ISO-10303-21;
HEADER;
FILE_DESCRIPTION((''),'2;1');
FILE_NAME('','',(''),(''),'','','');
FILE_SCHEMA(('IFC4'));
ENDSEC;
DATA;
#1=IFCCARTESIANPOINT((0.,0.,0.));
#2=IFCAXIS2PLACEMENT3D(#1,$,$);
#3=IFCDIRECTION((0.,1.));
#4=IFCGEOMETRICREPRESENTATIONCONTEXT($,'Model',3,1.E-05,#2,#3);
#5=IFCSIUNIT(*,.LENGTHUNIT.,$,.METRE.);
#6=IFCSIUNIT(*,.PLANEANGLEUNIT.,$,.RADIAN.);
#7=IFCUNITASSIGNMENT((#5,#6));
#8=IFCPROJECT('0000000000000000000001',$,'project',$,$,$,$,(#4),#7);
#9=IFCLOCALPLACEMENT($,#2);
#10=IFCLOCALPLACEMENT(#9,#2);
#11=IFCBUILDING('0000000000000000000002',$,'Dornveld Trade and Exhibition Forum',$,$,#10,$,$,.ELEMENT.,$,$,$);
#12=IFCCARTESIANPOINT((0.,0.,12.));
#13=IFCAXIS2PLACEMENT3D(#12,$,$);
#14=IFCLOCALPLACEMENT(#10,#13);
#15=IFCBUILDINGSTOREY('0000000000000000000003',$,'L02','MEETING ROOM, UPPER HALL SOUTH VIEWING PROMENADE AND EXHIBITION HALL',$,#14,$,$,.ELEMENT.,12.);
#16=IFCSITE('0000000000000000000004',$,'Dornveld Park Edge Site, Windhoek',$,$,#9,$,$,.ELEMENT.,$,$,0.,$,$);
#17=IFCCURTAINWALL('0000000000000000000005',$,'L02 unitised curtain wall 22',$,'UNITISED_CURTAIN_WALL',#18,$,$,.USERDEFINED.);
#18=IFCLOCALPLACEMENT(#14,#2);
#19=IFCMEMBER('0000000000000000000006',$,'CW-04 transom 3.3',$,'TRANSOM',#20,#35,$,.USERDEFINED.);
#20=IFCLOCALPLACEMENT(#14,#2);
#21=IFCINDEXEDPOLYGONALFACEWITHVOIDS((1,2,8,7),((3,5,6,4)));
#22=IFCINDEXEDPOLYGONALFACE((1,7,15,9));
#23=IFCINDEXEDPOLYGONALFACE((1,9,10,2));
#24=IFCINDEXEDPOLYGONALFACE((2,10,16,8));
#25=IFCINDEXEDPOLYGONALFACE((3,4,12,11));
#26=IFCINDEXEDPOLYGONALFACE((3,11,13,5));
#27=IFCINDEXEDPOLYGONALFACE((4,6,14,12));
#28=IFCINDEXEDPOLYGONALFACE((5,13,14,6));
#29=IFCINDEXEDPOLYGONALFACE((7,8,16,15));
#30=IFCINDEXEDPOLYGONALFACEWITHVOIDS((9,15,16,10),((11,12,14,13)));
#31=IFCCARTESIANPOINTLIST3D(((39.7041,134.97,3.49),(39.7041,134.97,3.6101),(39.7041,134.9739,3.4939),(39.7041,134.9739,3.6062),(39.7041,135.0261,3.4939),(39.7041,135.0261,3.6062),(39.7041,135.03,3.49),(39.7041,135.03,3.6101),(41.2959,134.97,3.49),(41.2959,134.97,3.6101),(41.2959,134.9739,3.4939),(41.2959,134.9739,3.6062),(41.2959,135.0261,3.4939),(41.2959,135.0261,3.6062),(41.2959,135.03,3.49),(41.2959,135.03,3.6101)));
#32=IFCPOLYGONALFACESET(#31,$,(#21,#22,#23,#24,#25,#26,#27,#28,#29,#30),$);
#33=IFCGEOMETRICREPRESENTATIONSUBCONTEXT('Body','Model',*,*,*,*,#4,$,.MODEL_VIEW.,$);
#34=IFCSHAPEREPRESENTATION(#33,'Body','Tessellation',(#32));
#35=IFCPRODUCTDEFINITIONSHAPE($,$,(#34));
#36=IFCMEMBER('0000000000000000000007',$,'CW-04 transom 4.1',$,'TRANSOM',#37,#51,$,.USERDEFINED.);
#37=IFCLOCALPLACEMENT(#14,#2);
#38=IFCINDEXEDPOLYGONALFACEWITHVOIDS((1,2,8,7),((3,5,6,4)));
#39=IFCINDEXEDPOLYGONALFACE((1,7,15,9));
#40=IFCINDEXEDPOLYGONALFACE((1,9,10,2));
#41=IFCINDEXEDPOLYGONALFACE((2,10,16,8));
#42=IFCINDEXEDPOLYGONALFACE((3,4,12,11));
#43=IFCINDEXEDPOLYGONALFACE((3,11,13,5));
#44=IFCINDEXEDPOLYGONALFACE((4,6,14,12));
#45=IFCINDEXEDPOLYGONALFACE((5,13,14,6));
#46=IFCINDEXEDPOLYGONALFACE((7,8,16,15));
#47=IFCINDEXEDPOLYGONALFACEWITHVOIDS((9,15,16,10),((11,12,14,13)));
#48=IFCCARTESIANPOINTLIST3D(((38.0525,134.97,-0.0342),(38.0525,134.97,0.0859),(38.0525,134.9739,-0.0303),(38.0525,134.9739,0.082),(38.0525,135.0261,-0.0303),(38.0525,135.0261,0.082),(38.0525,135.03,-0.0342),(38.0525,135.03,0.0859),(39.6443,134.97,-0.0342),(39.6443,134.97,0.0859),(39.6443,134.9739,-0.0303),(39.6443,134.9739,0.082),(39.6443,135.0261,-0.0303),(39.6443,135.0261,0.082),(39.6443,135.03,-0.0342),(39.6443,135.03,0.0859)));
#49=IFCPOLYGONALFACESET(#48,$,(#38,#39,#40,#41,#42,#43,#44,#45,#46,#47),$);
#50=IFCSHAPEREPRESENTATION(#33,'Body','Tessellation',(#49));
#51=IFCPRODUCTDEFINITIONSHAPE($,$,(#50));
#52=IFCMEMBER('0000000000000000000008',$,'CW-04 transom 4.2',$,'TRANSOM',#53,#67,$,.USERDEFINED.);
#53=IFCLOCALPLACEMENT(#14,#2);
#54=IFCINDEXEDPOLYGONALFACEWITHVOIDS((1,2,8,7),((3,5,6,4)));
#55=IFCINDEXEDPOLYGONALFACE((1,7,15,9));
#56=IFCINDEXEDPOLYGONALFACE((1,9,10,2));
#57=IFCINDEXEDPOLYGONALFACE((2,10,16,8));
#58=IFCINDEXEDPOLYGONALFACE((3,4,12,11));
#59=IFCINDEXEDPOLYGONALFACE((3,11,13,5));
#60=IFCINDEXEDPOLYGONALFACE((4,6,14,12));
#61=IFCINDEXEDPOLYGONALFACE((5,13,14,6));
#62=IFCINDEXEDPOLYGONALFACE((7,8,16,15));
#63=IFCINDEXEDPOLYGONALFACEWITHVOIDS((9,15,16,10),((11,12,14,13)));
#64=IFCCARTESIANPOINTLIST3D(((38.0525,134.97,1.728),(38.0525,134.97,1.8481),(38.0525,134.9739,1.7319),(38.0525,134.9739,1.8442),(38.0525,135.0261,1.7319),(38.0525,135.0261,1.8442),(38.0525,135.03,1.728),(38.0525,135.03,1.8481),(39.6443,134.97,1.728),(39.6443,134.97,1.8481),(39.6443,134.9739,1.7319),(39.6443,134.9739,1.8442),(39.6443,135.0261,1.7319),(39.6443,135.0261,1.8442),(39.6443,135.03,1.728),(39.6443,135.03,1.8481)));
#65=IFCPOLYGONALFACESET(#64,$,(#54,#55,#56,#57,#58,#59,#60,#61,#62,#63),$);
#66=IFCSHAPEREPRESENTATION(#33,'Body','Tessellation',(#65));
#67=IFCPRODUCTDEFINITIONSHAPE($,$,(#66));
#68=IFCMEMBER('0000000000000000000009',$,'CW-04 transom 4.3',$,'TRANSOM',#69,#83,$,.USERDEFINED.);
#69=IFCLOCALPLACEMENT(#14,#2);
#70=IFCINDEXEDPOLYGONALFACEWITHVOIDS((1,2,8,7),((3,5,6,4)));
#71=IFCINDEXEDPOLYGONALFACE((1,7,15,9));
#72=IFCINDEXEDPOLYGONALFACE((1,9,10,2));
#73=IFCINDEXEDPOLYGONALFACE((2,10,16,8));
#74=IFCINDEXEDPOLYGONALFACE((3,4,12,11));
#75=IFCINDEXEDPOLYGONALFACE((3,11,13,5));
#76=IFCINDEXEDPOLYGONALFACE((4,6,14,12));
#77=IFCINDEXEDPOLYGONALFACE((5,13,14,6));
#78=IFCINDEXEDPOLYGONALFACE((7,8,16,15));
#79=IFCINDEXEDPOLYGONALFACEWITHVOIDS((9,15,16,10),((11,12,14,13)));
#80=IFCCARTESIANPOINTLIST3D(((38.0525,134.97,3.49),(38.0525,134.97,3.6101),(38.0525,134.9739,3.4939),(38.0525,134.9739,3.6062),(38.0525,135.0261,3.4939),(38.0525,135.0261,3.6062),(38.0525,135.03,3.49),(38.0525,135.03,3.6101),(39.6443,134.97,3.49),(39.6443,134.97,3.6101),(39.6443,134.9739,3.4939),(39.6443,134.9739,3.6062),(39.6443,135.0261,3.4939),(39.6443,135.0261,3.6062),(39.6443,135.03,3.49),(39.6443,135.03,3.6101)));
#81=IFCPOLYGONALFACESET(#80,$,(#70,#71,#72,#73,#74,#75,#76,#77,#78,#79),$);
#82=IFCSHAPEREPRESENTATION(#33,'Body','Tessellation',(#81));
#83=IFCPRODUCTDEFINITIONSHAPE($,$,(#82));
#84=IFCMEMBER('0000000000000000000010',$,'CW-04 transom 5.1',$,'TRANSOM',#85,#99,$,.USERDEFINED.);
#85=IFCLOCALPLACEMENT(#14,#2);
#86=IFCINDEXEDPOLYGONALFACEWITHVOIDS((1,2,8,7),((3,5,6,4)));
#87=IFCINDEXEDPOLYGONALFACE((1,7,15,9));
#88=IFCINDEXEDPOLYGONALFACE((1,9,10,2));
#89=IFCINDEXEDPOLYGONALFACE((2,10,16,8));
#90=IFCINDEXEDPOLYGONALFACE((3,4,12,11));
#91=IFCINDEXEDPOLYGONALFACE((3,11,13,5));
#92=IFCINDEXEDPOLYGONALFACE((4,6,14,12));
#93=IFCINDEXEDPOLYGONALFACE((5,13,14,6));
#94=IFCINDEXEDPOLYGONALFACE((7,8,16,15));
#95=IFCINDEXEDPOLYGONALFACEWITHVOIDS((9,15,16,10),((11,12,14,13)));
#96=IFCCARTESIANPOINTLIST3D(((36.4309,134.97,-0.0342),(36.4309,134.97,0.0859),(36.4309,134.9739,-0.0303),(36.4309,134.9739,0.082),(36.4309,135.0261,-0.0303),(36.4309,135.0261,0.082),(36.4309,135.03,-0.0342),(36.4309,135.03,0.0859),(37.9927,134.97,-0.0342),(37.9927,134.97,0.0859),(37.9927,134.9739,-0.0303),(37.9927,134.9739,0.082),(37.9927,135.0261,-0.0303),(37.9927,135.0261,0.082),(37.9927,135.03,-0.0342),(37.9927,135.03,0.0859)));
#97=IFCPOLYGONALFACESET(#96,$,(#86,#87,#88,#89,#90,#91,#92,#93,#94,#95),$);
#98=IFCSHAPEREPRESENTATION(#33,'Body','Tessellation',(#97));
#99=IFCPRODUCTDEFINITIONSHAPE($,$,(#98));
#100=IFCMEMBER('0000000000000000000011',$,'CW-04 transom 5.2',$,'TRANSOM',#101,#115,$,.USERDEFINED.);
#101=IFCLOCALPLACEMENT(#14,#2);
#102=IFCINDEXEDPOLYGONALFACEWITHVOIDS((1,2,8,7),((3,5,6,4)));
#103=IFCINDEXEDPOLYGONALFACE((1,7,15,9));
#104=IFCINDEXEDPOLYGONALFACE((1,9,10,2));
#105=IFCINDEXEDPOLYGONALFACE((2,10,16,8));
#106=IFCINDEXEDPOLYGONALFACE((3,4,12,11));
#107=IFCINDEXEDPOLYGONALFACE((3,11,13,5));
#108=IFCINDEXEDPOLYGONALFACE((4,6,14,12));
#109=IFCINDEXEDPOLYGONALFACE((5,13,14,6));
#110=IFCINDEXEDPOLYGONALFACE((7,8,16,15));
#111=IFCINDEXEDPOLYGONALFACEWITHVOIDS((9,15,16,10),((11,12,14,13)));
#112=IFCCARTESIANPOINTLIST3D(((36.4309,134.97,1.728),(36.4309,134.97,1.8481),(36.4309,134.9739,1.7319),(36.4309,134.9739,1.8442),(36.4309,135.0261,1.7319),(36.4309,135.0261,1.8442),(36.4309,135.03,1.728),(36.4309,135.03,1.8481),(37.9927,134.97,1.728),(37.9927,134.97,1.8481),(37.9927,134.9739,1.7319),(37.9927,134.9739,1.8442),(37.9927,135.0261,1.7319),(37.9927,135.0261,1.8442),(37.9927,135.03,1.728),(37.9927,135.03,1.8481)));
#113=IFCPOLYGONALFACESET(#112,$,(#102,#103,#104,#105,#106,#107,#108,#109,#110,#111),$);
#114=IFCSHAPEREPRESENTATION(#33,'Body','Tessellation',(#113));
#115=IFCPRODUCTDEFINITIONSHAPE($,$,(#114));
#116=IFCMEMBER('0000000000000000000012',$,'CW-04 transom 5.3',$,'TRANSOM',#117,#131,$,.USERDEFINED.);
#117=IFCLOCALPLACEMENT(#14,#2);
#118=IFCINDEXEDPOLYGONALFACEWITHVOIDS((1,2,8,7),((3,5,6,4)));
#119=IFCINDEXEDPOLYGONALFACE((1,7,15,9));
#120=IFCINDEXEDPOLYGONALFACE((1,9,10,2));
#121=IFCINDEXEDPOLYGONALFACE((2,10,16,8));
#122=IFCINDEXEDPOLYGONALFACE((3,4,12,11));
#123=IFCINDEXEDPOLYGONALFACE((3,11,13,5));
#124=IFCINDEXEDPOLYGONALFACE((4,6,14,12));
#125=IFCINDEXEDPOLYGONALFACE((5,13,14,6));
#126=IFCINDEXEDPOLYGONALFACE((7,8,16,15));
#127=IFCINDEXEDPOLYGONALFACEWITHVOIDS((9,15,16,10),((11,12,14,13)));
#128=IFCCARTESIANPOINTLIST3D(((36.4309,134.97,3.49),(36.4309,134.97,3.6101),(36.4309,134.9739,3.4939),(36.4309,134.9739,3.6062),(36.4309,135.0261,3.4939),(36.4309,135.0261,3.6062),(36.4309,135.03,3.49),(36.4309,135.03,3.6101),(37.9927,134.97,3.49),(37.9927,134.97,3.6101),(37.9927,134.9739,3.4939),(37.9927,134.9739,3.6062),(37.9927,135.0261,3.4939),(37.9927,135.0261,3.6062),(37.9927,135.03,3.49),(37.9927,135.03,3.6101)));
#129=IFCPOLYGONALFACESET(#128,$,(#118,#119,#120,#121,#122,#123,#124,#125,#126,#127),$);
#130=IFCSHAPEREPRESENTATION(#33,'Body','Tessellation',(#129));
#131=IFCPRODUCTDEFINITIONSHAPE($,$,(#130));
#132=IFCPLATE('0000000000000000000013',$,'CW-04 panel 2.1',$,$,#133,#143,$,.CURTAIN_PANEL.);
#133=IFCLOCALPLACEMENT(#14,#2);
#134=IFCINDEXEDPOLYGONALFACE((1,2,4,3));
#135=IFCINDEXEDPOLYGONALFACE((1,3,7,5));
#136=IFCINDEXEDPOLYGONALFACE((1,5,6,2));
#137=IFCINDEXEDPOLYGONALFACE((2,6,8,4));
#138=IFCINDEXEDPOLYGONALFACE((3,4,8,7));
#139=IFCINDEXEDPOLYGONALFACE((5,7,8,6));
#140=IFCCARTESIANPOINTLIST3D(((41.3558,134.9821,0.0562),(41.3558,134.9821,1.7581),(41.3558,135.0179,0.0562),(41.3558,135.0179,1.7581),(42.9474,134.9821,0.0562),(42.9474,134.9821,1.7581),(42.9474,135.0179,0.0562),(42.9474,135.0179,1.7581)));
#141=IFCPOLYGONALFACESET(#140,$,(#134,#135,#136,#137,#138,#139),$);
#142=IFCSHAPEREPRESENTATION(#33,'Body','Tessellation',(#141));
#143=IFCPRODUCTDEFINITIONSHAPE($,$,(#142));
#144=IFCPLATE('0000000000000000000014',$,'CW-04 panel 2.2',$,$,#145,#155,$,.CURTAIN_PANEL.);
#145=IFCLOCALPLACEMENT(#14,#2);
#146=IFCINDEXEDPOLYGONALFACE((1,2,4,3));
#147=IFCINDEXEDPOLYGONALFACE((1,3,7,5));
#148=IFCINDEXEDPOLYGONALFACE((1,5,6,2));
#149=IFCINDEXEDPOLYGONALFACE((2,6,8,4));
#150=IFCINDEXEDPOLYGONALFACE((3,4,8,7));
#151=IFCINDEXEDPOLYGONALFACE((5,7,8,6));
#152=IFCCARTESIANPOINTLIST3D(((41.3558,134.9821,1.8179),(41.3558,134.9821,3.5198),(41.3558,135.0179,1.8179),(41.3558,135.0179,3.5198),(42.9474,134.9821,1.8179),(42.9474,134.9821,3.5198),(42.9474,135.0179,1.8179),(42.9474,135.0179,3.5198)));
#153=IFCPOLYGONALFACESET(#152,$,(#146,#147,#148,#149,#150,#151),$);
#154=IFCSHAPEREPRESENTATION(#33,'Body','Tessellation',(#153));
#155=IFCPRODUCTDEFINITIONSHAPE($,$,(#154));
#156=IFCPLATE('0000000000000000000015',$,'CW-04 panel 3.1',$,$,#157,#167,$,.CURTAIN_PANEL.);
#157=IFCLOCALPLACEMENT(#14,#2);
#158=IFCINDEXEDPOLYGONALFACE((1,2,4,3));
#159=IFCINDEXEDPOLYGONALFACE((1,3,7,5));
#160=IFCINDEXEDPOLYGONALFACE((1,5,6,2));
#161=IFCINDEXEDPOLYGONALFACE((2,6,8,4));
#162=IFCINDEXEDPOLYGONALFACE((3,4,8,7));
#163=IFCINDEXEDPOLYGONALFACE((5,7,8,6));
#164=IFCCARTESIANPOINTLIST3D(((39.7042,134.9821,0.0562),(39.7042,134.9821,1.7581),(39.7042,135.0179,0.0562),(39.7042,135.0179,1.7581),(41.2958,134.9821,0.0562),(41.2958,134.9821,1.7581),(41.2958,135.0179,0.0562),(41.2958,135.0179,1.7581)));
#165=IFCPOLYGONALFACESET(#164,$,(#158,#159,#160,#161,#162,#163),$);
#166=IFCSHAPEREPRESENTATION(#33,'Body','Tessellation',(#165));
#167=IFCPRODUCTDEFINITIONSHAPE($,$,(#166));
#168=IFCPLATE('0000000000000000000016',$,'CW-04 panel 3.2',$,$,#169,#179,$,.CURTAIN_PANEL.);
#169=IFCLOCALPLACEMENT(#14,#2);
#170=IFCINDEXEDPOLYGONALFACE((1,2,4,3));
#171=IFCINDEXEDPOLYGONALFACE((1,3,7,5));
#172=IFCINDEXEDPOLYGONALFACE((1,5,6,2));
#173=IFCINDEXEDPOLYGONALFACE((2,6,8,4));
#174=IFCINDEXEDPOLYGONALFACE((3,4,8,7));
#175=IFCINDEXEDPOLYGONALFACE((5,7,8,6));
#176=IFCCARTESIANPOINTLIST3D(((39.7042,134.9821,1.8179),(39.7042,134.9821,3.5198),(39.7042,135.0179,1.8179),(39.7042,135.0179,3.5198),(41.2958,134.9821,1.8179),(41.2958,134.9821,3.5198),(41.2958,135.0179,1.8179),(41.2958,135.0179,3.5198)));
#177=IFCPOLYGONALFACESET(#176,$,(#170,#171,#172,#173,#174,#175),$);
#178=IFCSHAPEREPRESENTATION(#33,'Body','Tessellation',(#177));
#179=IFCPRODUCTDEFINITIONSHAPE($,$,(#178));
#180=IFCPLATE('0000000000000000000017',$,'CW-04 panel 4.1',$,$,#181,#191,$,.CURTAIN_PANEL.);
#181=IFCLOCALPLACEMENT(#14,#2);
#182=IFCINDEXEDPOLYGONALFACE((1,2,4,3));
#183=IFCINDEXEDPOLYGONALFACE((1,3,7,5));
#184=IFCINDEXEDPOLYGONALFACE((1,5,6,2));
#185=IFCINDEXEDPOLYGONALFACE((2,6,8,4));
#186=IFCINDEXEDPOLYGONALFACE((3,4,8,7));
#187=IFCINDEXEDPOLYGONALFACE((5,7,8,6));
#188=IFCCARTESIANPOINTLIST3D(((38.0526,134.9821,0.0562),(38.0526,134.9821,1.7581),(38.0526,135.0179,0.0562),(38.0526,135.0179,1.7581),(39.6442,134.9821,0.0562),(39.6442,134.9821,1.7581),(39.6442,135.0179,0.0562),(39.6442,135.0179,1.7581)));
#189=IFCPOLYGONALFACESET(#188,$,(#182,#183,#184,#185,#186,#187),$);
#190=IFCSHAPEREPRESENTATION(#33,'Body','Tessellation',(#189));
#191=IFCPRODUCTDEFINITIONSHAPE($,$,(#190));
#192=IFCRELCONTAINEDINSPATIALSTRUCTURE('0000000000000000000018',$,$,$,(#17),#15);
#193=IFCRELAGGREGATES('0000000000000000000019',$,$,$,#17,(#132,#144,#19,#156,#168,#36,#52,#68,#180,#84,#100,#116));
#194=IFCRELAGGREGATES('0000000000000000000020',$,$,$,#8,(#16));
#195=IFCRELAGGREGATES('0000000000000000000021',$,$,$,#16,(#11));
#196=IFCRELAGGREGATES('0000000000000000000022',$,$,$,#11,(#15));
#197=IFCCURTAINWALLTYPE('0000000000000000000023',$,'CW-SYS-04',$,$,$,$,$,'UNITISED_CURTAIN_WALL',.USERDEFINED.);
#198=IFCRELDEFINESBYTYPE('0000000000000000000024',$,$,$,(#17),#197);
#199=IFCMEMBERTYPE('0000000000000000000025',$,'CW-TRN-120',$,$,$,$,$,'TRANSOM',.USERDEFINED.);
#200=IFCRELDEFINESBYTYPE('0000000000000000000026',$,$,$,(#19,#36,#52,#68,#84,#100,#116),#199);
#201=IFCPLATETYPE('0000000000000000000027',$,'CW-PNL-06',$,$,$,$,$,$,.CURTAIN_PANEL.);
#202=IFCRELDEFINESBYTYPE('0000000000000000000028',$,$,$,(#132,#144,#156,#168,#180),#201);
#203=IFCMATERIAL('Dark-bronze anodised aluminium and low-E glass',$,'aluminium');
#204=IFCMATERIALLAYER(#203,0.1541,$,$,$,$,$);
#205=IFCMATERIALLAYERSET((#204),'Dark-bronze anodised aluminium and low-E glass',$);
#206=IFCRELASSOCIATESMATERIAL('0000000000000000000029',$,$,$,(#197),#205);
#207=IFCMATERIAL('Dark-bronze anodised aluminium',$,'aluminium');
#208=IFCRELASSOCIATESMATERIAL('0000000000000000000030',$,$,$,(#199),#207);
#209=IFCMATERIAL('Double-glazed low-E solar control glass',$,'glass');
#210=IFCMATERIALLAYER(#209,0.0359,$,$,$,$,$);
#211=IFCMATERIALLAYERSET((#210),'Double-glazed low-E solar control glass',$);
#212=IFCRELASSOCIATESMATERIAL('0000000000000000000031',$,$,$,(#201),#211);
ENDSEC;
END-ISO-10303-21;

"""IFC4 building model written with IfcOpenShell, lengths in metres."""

from ifc_helpers import new_model, si_unit, direction, frame, origin, origin_2d, place, context, subcontext, project, spatial, rectangle, hollow_rectangle, extrude, material, layer, layer_set, material_profile, profile_set, type_object, element, aggregate, save


model = new_model("IFC4")

# Units and contexts
model_context = context("Model", 3, precision=1e-05, world=origin(), true_north=direction((0.0, 1.0)))
body_context = subcontext(model_context, "Body", "Model", "MODEL_VIEW")
ifc_project = project(units=[si_unit("LENGTHUNIT", "METRE"), si_unit("PLANEANGLEUNIT", "RADIAN")], contexts=[model_context])

# Site, building, storey
site_placement = place(None, origin())
site = spatial("IfcSite", under=ifc_project, at=site_placement, Name="Dornveld Park Edge Site, Windhoek", CompositionType="ELEMENT", RefElevation=0.0)
building_placement = place(site_placement, origin())
building = spatial("IfcBuilding", under=site, at=building_placement, Name="Dornveld Trade and Exhibition Forum", CompositionType="ELEMENT")
storey_placement = place(building_placement, frame((0.0, 0.0, 12.0)))
storey = spatial("IfcBuildingStorey", under=building, at=storey_placement, Name="L02", Description="MEETING ROOM, UPPER HALL SOUTH VIEWING PROMENADE AND EXHIBITION HALL", CompositionType="ELEMENT", Elevation=12.0)

# Curtain wall
ifc_material_1 = material(Name="Dark-bronze anodised aluminium and low-E glass", Category="aluminium")
ifc_layer_1 = layer(ifc_material_1, 0.1541)
ifc_layer_set_1 = layer_set([ifc_layer_1], Name="Dark-bronze anodised aluminium and low-E glass")
curtain_wall_type_1 = type_object("IfcCurtainWallType", Name="CW-SYS-04", ElementType="UNITISED_CURTAIN_WALL", PredefinedType="USERDEFINED", material=ifc_layer_set_1)
curtain_wall_1_placement = place(storey_placement, origin())
curtain_wall_1 = element("IfcCurtainWall", 1, at=curtain_wall_1_placement, inside=storey, type_object=curtain_wall_type_1, Name="L02 unitised curtain wall 22", ObjectType="UNITISED_CURTAIN_WALL", PredefinedType="USERDEFINED")

# Members
ifc_material_2 = material(Name="Dark-bronze anodised aluminium", Category="aluminium")
ifc_material_profile_1 = material_profile(ifc_material_2, hollow_rectangle(XDim=0.0601, YDim=0.1201, WallThickness=0.0039, at=origin_2d()), Name="RHS 120x60x4")
ifc_profile_set_1 = profile_set([ifc_material_profile_1], Name="Dark-bronze anodised aluminium")
member_type_1 = type_object("IfcMemberType", Name="CW-TRN-120", ElementType="TRANSOM", PredefinedType="USERDEFINED", material=ifc_profile_set_1)
member_1_placement = place(storey_placement, frame((41.2959, 135.0, 3.55), z_axis=(-1.0, 0.0, 0.0), x_axis=(0.0, -1.0, 0.0)))
member_1 = element("IfcMember", 2, at=member_1_placement, type_object=member_type_1, Name="CW-04 transom 3.3", ObjectType="TRANSOM", PredefinedType="USERDEFINED", context=body_context, shape_type="SweptSolid", body=[
    extrude(hollow_rectangle(XDim=0.0601, YDim=0.1201, WallThickness=0.0039, at=origin_2d()), origin(), (0.0, 0.0, 1.0), 1.5918),
])
member_2_placement = place(storey_placement, frame((39.6443, 135.0, 0.0259), z_axis=(-1.0, 0.0, 0.0), x_axis=(0.0, -1.0, 0.0)))
member_2 = element("IfcMember", 3, at=member_2_placement, type_object=member_type_1, Name="CW-04 transom 4.1", ObjectType="TRANSOM", PredefinedType="USERDEFINED", context=body_context, shape_type="SweptSolid", body=[
    extrude(hollow_rectangle(XDim=0.0601, YDim=0.1201, WallThickness=0.0039, at=origin_2d()), origin(), (0.0, 0.0, 1.0), 1.5918),
])
member_3_placement = place(storey_placement, frame((39.6443, 135.0, 1.7881), z_axis=(-1.0, 0.0, 0.0), x_axis=(0.0, -1.0, 0.0)))
member_3 = element("IfcMember", 4, at=member_3_placement, type_object=member_type_1, Name="CW-04 transom 4.2", ObjectType="TRANSOM", PredefinedType="USERDEFINED", context=body_context, shape_type="SweptSolid", body=[
    extrude(hollow_rectangle(XDim=0.0601, YDim=0.1201, WallThickness=0.0039, at=origin_2d()), origin(), (0.0, 0.0, 1.0), 1.5918),
])
member_4_placement = place(storey_placement, frame((39.6443, 135.0, 3.55), z_axis=(-1.0, 0.0, 0.0), x_axis=(0.0, -1.0, 0.0)))
member_4 = element("IfcMember", 5, at=member_4_placement, type_object=member_type_1, Name="CW-04 transom 4.3", ObjectType="TRANSOM", PredefinedType="USERDEFINED", context=body_context, shape_type="SweptSolid", body=[
    extrude(hollow_rectangle(XDim=0.0601, YDim=0.1201, WallThickness=0.0039, at=origin_2d()), origin(), (0.0, 0.0, 1.0), 1.5918),
])
member_5_placement = place(storey_placement, frame((37.9927, 135.0, 0.0259), z_axis=(-1.0, 0.0, 0.0), x_axis=(0.0, -1.0, 0.0)))
member_5 = element("IfcMember", 6, at=member_5_placement, type_object=member_type_1, Name="CW-04 transom 5.1", ObjectType="TRANSOM", PredefinedType="USERDEFINED", context=body_context, shape_type="SweptSolid", body=[
    extrude(hollow_rectangle(XDim=0.0601, YDim=0.1201, WallThickness=0.0039, at=origin_2d()), origin(), (0.0, 0.0, 1.0), 1.5618),
])
member_6_placement = place(storey_placement, frame((37.9927, 135.0, 1.7881), z_axis=(-1.0, 0.0, 0.0), x_axis=(0.0, -1.0, 0.0)))
member_6 = element("IfcMember", 7, at=member_6_placement, type_object=member_type_1, Name="CW-04 transom 5.2", ObjectType="TRANSOM", PredefinedType="USERDEFINED", context=body_context, shape_type="SweptSolid", body=[
    extrude(hollow_rectangle(XDim=0.0601, YDim=0.1201, WallThickness=0.0039, at=origin_2d()), origin(), (0.0, 0.0, 1.0), 1.5618),
])
member_7_placement = place(storey_placement, frame((37.9927, 135.0, 3.55), z_axis=(-1.0, 0.0, 0.0), x_axis=(0.0, -1.0, 0.0)))
member_7 = element("IfcMember", 8, at=member_7_placement, type_object=member_type_1, Name="CW-04 transom 5.3", ObjectType="TRANSOM", PredefinedType="USERDEFINED", context=body_context, shape_type="SweptSolid", body=[
    extrude(hollow_rectangle(XDim=0.0601, YDim=0.1201, WallThickness=0.0039, at=origin_2d()), origin(), (0.0, 0.0, 1.0), 1.5618),
])

# Plates
ifc_material_3 = material(Name="Double-glazed low-E solar control glass", Category="glass")
ifc_layer_2 = layer(ifc_material_3, 0.0359)
ifc_layer_set_2 = layer_set([ifc_layer_2], Name="Double-glazed low-E solar control glass")
plate_type = type_object("IfcPlateType", Name="CW-PNL-06", PredefinedType="CURTAIN_PANEL", material=ifc_layer_set_2)
plate_1_placement = place(storey_placement, frame((42.1516, 135.0, 0.0562), z_axis=(0.0, 0.0, 1.0), x_axis=(-1.0, 0.0, 0.0)))
plate_1 = element("IfcPlate", 9, at=plate_1_placement, type_object=plate_type, Name="CW-04 panel 2.1", PredefinedType="CURTAIN_PANEL", context=body_context, shape_type="SweptSolid", body=[
    extrude(rectangle(XDim=1.5916, YDim=0.0359, at=origin_2d()), origin(), (0.0, 0.0, 1.0), 1.7019),
])
plate_2_placement = place(storey_placement, frame((42.1516, 135.0, 1.8179), z_axis=(0.0, 0.0, 1.0), x_axis=(-1.0, 0.0, 0.0)))
plate_2 = element("IfcPlate", 10, at=plate_2_placement, type_object=plate_type, Name="CW-04 panel 2.2", PredefinedType="CURTAIN_PANEL", context=body_context, shape_type="SweptSolid", body=[
    extrude(rectangle(XDim=1.5916, YDim=0.0359, at=origin_2d()), origin(), (0.0, 0.0, 1.0), 1.7019),
])
plate_3_placement = place(storey_placement, frame((40.5, 135.0, 0.0562), z_axis=(0.0, 0.0, 1.0), x_axis=(-1.0, 0.0, 0.0)))
plate_3 = element("IfcPlate", 11, at=plate_3_placement, type_object=plate_type, Name="CW-04 panel 3.1", PredefinedType="CURTAIN_PANEL", context=body_context, shape_type="SweptSolid", body=[
    extrude(rectangle(XDim=1.5916, YDim=0.0359, at=origin_2d()), origin(), (0.0, 0.0, 1.0), 1.7019),
])
plate_4_placement = place(storey_placement, frame((40.5, 135.0, 1.8179), z_axis=(0.0, 0.0, 1.0), x_axis=(-1.0, 0.0, 0.0)))
plate_4 = element("IfcPlate", 12, at=plate_4_placement, type_object=plate_type, Name="CW-04 panel 3.2", PredefinedType="CURTAIN_PANEL", context=body_context, shape_type="SweptSolid", body=[
    extrude(rectangle(XDim=1.5916, YDim=0.0359, at=origin_2d()), origin(), (0.0, 0.0, 1.0), 1.7019),
])
plate_5_placement = place(storey_placement, frame((38.8484, 135.0, 0.0562), z_axis=(0.0, 0.0, 1.0), x_axis=(-1.0, 0.0, 0.0)))
plate_5 = element("IfcPlate", 13, at=plate_5_placement, type_object=plate_type, Name="CW-04 panel 4.1", PredefinedType="CURTAIN_PANEL", context=body_context, shape_type="SweptSolid", body=[
    extrude(rectangle(XDim=1.5916, YDim=0.0359, at=origin_2d()), origin(), (0.0, 0.0, 1.0), 1.7019),
])
aggregate(curtain_wall_1, [plate_1, plate_2, member_1, plate_3, plate_4, member_2, member_3, member_4, plate_5, member_5, member_6, member_7])

save(model, "model.ifc")
